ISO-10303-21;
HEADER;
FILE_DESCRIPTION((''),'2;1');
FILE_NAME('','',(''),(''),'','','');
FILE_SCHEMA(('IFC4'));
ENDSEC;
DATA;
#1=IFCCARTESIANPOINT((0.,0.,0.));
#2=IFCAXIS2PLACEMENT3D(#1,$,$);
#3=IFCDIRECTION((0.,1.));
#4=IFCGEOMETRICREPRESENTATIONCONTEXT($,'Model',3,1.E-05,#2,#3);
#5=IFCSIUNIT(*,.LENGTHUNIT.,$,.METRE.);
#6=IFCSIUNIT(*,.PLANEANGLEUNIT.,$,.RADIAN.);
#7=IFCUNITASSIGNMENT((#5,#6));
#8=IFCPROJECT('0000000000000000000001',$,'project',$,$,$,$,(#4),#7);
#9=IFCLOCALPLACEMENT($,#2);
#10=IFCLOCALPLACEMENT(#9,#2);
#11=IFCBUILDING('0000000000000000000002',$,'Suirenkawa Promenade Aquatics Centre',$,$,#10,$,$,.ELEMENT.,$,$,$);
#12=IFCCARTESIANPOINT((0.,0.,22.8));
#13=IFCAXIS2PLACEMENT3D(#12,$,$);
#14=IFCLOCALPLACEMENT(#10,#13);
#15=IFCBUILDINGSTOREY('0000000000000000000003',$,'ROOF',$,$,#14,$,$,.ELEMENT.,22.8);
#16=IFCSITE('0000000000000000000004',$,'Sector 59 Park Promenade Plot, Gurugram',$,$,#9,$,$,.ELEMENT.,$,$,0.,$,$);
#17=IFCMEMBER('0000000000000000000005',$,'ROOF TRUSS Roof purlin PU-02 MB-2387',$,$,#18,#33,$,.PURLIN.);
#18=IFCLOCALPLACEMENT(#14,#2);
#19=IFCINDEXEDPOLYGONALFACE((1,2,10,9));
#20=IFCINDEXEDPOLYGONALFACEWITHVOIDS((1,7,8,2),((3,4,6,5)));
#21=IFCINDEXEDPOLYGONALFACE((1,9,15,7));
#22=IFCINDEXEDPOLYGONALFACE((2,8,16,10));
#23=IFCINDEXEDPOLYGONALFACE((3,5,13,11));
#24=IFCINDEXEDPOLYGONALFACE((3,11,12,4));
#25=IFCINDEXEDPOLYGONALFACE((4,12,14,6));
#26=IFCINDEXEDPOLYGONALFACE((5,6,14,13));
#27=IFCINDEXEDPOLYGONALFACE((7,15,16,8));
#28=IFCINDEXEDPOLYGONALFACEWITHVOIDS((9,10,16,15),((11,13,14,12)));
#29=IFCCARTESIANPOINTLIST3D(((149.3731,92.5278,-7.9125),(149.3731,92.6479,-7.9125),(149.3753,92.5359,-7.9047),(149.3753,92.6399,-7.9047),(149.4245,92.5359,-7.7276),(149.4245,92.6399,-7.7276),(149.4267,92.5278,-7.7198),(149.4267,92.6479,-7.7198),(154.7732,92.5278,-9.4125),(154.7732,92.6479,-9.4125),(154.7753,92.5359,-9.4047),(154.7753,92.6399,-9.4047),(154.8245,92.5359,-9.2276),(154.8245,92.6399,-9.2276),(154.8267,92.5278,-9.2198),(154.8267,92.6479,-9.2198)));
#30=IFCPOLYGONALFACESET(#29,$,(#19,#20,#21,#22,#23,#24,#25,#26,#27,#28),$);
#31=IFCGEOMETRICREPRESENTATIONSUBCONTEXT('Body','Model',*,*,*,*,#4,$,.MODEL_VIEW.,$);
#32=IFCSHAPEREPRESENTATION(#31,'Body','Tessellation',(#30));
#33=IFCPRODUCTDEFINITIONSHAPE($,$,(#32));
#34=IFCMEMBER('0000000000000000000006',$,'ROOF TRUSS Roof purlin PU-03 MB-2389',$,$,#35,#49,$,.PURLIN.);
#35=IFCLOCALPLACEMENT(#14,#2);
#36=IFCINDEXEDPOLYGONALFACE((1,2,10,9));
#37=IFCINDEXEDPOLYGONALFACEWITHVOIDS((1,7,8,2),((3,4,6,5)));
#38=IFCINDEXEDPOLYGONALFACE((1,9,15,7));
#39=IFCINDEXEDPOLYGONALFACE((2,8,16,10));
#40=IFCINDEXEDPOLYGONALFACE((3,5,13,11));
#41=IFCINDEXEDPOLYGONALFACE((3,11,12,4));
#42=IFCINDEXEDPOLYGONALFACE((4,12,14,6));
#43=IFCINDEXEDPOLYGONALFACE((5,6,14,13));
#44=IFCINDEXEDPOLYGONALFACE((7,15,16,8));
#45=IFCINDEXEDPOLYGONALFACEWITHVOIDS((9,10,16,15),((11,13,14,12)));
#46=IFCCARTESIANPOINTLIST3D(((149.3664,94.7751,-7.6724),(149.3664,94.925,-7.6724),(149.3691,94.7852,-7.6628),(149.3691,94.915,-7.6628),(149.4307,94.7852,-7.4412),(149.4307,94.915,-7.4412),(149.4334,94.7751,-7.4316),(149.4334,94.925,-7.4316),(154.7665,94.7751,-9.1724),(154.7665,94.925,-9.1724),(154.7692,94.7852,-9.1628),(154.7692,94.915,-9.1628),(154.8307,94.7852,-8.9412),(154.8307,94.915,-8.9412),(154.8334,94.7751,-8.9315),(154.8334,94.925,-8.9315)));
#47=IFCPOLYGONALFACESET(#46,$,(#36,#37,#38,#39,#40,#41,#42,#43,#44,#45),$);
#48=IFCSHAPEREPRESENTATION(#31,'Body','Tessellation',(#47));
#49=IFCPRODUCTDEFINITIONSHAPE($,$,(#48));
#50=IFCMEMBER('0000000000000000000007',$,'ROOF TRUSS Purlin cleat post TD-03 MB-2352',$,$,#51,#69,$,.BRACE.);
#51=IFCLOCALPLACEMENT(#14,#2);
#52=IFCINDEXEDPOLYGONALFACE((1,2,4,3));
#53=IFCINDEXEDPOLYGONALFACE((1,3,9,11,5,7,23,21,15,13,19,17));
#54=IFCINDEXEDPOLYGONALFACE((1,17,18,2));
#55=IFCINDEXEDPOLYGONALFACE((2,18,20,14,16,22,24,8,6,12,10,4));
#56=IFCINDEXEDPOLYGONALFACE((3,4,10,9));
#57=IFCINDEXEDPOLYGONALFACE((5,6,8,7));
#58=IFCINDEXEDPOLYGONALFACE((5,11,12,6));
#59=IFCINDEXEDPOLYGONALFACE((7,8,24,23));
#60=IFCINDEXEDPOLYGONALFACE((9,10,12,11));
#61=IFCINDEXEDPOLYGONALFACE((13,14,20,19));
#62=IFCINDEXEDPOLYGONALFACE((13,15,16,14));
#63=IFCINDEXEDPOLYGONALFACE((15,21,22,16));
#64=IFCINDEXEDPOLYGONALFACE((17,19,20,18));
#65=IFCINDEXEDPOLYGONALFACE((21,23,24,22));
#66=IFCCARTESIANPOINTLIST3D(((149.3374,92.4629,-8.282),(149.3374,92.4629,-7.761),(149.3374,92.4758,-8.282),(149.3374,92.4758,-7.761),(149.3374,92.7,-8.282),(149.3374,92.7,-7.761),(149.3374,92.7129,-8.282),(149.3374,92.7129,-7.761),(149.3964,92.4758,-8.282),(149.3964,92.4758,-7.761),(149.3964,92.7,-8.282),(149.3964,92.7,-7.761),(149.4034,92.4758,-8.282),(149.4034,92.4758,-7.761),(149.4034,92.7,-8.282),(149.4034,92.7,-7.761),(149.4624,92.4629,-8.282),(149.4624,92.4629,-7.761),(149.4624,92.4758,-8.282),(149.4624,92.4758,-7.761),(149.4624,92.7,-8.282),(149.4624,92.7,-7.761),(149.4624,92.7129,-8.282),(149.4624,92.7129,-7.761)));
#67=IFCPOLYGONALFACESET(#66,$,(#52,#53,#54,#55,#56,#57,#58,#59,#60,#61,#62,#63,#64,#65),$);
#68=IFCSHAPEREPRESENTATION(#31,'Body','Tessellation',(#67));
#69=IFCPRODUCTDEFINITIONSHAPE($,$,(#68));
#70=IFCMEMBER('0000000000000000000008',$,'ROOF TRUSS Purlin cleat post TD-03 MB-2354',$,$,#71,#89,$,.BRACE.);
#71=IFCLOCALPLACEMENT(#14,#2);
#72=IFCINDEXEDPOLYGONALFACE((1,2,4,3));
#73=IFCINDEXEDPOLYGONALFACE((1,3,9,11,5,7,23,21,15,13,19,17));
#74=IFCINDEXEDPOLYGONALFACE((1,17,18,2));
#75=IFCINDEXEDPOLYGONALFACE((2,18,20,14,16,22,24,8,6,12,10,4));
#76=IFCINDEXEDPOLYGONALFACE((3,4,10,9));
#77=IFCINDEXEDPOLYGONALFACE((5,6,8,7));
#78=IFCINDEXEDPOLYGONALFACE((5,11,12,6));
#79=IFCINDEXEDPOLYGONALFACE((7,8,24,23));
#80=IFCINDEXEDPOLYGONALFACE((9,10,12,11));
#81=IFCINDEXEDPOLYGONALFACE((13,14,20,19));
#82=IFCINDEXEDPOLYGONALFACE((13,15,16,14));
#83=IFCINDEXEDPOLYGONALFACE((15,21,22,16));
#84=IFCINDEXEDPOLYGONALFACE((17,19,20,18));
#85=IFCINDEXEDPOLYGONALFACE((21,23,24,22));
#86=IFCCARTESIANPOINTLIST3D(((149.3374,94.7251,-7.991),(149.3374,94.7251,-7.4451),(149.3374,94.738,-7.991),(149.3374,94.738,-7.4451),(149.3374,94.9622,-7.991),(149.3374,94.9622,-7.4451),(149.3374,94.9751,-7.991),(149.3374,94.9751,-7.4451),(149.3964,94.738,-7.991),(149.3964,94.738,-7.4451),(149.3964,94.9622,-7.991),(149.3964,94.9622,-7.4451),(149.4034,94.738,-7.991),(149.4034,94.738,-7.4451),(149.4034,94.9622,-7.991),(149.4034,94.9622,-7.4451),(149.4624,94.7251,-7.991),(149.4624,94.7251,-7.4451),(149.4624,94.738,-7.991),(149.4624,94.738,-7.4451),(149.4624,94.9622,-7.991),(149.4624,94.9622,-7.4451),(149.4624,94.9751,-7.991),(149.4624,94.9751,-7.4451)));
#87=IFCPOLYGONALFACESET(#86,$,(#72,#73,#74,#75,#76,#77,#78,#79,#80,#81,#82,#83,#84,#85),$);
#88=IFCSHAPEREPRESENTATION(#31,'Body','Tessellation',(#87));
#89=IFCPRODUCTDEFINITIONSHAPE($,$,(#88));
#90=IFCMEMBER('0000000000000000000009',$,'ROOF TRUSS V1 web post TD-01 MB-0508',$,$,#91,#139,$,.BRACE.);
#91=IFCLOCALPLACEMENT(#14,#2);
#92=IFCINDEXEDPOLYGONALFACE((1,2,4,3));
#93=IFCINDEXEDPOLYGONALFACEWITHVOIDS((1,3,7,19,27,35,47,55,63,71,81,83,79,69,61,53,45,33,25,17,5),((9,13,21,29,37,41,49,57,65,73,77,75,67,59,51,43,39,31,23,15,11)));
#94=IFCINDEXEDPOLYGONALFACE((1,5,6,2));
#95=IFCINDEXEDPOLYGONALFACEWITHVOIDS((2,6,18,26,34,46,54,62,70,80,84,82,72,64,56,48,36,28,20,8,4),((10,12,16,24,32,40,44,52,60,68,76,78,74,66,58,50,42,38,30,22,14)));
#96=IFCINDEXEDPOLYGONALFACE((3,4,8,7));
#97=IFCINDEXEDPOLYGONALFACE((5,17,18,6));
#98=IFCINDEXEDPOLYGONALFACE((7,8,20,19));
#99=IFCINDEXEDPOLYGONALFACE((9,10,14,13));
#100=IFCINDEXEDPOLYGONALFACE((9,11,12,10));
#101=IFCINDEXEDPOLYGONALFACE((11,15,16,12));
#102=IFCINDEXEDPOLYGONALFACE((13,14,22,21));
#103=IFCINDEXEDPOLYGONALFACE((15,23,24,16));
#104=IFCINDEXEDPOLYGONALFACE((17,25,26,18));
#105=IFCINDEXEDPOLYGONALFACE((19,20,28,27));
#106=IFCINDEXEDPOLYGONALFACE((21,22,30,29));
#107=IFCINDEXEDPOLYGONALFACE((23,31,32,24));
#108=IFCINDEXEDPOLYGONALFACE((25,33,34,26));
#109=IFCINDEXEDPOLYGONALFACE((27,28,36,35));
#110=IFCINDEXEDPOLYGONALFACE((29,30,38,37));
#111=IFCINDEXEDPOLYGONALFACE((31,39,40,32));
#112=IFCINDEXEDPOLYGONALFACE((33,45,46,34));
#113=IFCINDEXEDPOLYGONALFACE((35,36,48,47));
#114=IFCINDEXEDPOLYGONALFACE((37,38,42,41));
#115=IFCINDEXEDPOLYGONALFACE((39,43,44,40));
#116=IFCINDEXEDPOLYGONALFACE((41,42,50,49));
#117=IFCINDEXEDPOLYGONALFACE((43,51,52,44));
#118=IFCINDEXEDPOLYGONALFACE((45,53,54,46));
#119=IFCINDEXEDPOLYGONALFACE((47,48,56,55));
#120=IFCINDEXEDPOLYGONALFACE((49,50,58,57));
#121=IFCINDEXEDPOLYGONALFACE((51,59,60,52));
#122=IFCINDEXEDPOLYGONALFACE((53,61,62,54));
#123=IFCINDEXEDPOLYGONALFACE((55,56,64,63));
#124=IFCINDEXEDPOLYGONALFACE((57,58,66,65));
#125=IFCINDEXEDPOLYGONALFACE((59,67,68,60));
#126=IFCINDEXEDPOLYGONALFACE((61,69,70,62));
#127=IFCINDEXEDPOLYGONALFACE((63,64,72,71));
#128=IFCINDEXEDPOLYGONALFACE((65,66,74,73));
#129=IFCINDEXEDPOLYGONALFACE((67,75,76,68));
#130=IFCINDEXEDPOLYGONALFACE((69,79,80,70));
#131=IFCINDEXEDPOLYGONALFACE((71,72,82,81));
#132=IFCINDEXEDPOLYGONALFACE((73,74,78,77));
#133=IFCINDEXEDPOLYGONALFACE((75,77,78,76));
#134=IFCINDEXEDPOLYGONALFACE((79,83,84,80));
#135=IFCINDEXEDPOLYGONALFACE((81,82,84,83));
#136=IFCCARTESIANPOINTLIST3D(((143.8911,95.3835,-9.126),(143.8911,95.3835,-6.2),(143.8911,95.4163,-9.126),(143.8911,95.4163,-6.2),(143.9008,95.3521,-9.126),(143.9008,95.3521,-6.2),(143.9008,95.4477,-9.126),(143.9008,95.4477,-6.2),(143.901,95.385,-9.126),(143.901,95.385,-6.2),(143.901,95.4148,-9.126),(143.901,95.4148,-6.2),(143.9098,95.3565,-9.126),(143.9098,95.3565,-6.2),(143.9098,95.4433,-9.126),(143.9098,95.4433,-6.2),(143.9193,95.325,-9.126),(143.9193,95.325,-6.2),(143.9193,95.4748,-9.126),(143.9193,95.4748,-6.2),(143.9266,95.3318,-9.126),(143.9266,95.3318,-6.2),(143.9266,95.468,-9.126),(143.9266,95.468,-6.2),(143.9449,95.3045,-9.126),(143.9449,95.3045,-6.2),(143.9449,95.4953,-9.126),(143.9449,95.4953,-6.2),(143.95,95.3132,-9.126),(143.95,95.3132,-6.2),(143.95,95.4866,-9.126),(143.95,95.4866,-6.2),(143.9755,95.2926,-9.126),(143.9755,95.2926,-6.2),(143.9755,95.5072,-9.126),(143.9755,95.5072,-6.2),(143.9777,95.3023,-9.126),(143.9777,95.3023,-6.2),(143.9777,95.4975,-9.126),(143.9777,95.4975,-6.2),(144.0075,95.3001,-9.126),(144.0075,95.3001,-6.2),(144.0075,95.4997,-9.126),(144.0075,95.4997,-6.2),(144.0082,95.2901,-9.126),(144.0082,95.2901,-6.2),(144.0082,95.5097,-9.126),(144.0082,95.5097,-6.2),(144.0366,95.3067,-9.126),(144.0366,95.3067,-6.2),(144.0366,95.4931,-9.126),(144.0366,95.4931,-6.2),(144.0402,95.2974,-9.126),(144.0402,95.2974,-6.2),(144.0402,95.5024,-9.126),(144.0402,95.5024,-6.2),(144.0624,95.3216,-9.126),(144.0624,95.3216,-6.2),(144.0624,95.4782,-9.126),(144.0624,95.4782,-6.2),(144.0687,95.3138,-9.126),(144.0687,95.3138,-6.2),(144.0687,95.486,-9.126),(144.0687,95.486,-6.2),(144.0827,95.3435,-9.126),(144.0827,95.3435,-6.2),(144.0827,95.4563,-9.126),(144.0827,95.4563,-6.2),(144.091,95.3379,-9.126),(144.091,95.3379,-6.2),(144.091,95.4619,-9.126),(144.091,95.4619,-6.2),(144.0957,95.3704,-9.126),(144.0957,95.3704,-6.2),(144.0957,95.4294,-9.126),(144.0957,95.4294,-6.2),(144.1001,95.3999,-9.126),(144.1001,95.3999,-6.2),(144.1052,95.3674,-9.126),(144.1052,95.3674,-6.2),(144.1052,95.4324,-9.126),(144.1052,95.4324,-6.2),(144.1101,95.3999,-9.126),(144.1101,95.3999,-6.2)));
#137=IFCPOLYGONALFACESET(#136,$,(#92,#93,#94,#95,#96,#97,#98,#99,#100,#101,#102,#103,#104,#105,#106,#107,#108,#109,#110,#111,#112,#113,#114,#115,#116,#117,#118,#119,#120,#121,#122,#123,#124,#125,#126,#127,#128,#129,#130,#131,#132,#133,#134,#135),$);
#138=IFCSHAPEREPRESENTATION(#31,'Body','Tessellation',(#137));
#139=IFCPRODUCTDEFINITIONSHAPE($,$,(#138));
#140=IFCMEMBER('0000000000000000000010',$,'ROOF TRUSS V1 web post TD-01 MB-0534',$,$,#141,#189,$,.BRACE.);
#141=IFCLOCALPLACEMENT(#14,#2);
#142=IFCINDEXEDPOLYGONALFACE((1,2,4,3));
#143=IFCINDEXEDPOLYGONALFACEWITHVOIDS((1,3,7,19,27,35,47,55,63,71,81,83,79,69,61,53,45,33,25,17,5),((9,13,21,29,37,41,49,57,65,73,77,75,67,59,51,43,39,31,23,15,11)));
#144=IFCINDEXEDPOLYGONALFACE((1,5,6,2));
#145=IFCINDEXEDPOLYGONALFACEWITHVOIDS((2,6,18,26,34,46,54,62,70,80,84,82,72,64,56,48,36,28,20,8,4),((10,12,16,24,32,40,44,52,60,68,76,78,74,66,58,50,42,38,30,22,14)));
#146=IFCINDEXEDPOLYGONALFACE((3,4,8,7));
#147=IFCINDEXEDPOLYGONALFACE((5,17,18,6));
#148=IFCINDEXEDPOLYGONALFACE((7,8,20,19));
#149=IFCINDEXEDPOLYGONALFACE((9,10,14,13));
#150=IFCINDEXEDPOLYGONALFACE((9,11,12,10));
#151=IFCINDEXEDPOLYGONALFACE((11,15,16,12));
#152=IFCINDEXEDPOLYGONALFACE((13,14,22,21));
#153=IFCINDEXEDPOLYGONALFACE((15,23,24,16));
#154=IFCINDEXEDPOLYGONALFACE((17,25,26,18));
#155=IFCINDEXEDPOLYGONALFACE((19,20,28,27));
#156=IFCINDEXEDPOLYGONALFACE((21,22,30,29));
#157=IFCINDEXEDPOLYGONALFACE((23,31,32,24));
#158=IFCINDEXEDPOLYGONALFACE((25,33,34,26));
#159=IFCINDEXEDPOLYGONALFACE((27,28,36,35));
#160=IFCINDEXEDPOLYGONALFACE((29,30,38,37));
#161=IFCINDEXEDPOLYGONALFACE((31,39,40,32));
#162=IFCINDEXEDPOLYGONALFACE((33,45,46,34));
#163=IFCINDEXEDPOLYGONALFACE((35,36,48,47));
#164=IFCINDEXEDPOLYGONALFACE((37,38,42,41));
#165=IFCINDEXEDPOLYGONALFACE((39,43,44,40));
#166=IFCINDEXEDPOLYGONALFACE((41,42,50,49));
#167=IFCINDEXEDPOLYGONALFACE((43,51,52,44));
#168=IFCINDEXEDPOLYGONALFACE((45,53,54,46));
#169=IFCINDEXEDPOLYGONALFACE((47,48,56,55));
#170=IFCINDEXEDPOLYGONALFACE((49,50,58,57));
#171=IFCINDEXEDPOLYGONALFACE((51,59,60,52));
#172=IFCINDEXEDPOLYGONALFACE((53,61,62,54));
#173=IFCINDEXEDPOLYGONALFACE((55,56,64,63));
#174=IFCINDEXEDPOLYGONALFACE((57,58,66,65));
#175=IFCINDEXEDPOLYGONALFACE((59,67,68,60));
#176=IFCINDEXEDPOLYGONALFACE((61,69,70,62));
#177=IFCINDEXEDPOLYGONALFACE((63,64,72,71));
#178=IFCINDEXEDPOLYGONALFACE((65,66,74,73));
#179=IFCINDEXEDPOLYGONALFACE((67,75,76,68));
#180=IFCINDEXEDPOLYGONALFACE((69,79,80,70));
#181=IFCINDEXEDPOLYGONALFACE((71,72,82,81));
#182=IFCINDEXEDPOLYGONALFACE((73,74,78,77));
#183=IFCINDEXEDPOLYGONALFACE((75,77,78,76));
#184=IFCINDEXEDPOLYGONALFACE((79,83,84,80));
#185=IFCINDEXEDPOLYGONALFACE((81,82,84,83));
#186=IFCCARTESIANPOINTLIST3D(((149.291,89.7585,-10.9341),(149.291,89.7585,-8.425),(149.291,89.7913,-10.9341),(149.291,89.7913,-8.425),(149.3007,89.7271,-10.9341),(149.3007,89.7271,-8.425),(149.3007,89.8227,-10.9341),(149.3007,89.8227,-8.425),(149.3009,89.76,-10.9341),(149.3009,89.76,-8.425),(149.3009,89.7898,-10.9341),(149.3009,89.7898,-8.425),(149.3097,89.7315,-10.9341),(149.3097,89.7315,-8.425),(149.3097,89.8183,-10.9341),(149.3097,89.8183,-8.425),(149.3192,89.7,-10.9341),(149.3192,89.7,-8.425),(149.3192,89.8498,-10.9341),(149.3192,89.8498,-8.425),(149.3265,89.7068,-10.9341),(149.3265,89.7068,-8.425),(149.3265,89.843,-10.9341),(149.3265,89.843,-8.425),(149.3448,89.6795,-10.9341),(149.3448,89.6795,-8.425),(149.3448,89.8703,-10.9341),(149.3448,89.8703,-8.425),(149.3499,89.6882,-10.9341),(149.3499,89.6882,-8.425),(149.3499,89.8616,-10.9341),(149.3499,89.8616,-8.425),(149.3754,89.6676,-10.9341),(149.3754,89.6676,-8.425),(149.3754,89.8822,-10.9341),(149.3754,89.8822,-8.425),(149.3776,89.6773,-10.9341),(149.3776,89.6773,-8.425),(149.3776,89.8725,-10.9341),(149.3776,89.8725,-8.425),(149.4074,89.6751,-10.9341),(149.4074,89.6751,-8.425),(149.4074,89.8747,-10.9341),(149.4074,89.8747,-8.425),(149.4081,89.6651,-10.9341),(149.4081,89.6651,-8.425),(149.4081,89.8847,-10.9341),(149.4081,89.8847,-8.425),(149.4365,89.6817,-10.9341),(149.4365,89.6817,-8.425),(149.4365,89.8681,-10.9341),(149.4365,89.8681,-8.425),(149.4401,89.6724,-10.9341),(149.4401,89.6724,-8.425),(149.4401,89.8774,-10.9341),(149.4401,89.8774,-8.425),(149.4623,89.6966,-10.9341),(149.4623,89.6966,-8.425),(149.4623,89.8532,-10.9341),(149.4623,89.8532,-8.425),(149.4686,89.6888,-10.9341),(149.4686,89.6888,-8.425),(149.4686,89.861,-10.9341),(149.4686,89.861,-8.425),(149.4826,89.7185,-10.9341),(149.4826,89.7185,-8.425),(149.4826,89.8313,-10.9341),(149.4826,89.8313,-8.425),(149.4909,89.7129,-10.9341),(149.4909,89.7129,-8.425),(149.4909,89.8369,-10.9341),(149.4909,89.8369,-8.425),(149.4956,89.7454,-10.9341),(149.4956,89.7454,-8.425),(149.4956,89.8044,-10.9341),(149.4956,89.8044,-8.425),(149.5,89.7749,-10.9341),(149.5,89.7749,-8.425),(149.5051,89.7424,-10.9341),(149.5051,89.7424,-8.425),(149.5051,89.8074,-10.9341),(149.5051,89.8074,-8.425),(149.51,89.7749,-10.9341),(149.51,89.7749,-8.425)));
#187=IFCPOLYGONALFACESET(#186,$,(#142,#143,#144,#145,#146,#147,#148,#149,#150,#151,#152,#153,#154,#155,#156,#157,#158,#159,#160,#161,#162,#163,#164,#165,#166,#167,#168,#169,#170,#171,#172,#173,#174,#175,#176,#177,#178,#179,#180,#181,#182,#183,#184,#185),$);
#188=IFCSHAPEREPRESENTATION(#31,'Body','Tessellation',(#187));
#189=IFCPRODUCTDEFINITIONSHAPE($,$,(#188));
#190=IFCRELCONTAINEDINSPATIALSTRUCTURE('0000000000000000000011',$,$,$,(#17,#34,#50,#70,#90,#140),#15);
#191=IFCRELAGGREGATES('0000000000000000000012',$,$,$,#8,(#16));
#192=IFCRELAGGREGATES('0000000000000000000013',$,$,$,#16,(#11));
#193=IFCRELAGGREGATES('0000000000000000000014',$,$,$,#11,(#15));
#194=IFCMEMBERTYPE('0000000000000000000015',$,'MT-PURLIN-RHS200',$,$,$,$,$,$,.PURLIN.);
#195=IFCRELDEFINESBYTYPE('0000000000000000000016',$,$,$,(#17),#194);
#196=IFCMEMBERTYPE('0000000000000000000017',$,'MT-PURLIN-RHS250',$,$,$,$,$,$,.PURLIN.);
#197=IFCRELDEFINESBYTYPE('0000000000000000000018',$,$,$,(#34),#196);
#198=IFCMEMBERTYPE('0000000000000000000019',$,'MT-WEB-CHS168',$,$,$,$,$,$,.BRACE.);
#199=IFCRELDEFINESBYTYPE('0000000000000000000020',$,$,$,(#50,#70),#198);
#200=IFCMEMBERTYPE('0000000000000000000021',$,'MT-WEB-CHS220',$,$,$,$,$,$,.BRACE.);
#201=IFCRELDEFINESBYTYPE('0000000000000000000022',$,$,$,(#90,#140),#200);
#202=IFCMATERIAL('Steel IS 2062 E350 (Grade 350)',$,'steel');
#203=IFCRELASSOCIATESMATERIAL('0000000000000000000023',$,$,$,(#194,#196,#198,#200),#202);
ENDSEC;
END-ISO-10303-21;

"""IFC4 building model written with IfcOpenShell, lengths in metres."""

from ifc_helpers import new_model, si_unit, direction, frame, origin, origin_2d, place, context, subcontext, project, spatial, hollow_rectangle, hollow_circle, i_section, extrude, material, material_profile, profile_set, type_object, element, save


model = new_model("IFC4")

# Units and contexts
model_context = context("Model", 3, precision=1e-05, world=origin(), true_north=direction((0.0, 1.0)))
body_context = subcontext(model_context, "Body", "Model", "MODEL_VIEW")
ifc_project = project(units=[si_unit("LENGTHUNIT", "METRE"), si_unit("PLANEANGLEUNIT", "RADIAN")], contexts=[model_context])

# Site, building, storey
site_placement = place(None, origin())
site = spatial("IfcSite", under=ifc_project, at=site_placement, Name="Sector 59 Park Promenade Plot, Gurugram", CompositionType="ELEMENT", RefElevation=0.0)
building_placement = place(site_placement, origin())
building = spatial("IfcBuilding", under=site, at=building_placement, Name="Suirenkawa Promenade Aquatics Centre", CompositionType="ELEMENT")
storey_placement = place(building_placement, frame((0.0, 0.0, 22.8)))
storey = spatial("IfcBuildingStorey", under=building, at=storey_placement, Name="ROOF", CompositionType="ELEMENT", Elevation=22.8)

# Shared definitions
ifc_material = material(Name="Steel IS 2062 E350 (Grade 350)", Category="steel")

# Members
ifc_material_profile_1 = material_profile(ifc_material, hollow_rectangle(XDim=0.1201, YDim=0.2, WallThickness=0.0081, at=origin_2d()), Name="RHS 200x120x8", Category="steel")
ifc_profile_set_1 = profile_set([ifc_material_profile_1], Name="Steel IS 2062 E350 (Grade 350)")
member_type_1 = type_object("IfcMemberType", Name="MT-PURLIN-RHS200", PredefinedType="PURLIN", material=ifc_profile_set_1)
member_1_placement = place(storey_placement, frame((149.3999, 92.5879, -7.8162), z_axis=(0.96352, 0.0, -0.267637), x_axis=(0.0, 1.0, 0.0)))
element("IfcMember", 1, at=member_1_placement, inside=storey, type_object=member_type_1, Name="ROOF TRUSS Roof purlin PU-02 MB-2387", PredefinedType="PURLIN", context=body_context, shape_type="SweptSolid", body=[
    extrude(hollow_rectangle(XDim=0.1201, YDim=0.2, WallThickness=0.0081, at=origin_2d()), origin(), (0.0, 0.0, 1.0), 5.6045),
])
ifc_material_profile_2 = material_profile(ifc_material, hollow_rectangle(XDim=0.1499, YDim=0.25, WallThickness=0.01, at=origin_2d()), Name="RHS 250x150x10", Category="steel")
ifc_profile_set_2 = profile_set([ifc_material_profile_2], Name="Steel IS 2062 E350 (Grade 350)")
member_type_2 = type_object("IfcMemberType", Name="MT-PURLIN-RHS250", PredefinedType="PURLIN", material=ifc_profile_set_2)
member_2_placement = place(storey_placement, frame((149.3999, 94.8501, -7.552), z_axis=(0.96352, 0.0, -0.267637), x_axis=(0.0, 1.0, 0.0)))
element("IfcMember", 2, at=member_2_placement, inside=storey, type_object=member_type_2, Name="ROOF TRUSS Roof purlin PU-03 MB-2389", PredefinedType="PURLIN", context=body_context, shape_type="SweptSolid", body=[
    extrude(hollow_rectangle(XDim=0.1499, YDim=0.25, WallThickness=0.01, at=origin_2d()), origin(), (0.0, 0.0, 1.0), 5.6045),
])
ifc_material_profile_3 = material_profile(ifc_material, i_section(OverallWidth=0.125, OverallDepth=0.25, WebThickness=0.0071, FlangeThickness=0.0129, at=origin_2d()), Name="ISMB 250", Category="steel")
ifc_profile_set_3 = profile_set([ifc_material_profile_3], Name="Steel IS 2062 E350 (Grade 350)")
member_type_3 = type_object("IfcMemberType", Name="MT-WEB-CHS168", PredefinedType="BRACE", material=ifc_profile_set_3)
member_3_placement = place(storey_placement, frame((149.3999, 92.5879, -8.282), z_axis=(0.0, 0.0, 1.0), x_axis=(1.0, 0.0, 0.0)))
element("IfcMember", 3, at=member_3_placement, inside=storey, type_object=member_type_3, Name="ROOF TRUSS Purlin cleat post TD-03 MB-2352", PredefinedType="BRACE", context=body_context, shape_type="SweptSolid", body=[
    extrude(i_section(OverallWidth=0.125, OverallDepth=0.25, WebThickness=0.0071, FlangeThickness=0.0129, at=origin_2d()), origin(), (0.0, 0.0, 1.0), 0.521),
])
member_4_placement = place(storey_placement, frame((149.3999, 94.8501, -7.991), z_axis=(0.0, 0.0, 1.0), x_axis=(1.0, 0.0, 0.0)))
element("IfcMember", 4, at=member_4_placement, inside=storey, type_object=member_type_3, Name="ROOF TRUSS Purlin cleat post TD-03 MB-2354", PredefinedType="BRACE", context=body_context, shape_type="SweptSolid", body=[
    extrude(i_section(OverallWidth=0.125, OverallDepth=0.25, WebThickness=0.0071, FlangeThickness=0.0129, at=origin_2d()), origin(), (0.0, 0.0, 1.0), 0.5459),
])
ifc_material_profile_4 = material_profile(ifc_material, hollow_circle(Radius=0.1101, WallThickness=0.01, at=origin_2d()), Name="CHS 220x10", Category="steel")
ifc_profile_set_4 = profile_set([ifc_material_profile_4], Name="Steel IS 2062 E350 (Grade 350)")
member_type_4 = type_object("IfcMemberType", Name="MT-WEB-CHS220", PredefinedType="BRACE", material=ifc_profile_set_4)
member_5_placement = place(storey_placement, frame((144.0, 95.3999, -9.126), z_axis=(0.0, 0.0, 1.0), x_axis=(1.0, 0.0, 0.0)))
element("IfcMember", 5, at=member_5_placement, inside=storey, type_object=member_type_4, Name="ROOF TRUSS V1 web post TD-01 MB-0508", PredefinedType="BRACE", context=body_context, shape_type="SweptSolid", body=[
    extrude(hollow_circle(Radius=0.1101, WallThickness=0.01, at=origin_2d()), origin(), (0.0, 0.0, 1.0), 2.926),
])
member_6_placement = place(storey_placement, frame((149.3999, 89.7749, -10.9341), z_axis=(0.0, 0.0, 1.0), x_axis=(1.0, 0.0, 0.0)))
element("IfcMember", 6, at=member_6_placement, inside=storey, type_object=member_type_4, Name="ROOF TRUSS V1 web post TD-01 MB-0534", PredefinedType="BRACE", context=body_context, shape_type="SweptSolid", body=[
    extrude(hollow_circle(Radius=0.1101, WallThickness=0.01, at=origin_2d()), origin(), (0.0, 0.0, 1.0), 2.509),
])

save(model, "model.ifc")
